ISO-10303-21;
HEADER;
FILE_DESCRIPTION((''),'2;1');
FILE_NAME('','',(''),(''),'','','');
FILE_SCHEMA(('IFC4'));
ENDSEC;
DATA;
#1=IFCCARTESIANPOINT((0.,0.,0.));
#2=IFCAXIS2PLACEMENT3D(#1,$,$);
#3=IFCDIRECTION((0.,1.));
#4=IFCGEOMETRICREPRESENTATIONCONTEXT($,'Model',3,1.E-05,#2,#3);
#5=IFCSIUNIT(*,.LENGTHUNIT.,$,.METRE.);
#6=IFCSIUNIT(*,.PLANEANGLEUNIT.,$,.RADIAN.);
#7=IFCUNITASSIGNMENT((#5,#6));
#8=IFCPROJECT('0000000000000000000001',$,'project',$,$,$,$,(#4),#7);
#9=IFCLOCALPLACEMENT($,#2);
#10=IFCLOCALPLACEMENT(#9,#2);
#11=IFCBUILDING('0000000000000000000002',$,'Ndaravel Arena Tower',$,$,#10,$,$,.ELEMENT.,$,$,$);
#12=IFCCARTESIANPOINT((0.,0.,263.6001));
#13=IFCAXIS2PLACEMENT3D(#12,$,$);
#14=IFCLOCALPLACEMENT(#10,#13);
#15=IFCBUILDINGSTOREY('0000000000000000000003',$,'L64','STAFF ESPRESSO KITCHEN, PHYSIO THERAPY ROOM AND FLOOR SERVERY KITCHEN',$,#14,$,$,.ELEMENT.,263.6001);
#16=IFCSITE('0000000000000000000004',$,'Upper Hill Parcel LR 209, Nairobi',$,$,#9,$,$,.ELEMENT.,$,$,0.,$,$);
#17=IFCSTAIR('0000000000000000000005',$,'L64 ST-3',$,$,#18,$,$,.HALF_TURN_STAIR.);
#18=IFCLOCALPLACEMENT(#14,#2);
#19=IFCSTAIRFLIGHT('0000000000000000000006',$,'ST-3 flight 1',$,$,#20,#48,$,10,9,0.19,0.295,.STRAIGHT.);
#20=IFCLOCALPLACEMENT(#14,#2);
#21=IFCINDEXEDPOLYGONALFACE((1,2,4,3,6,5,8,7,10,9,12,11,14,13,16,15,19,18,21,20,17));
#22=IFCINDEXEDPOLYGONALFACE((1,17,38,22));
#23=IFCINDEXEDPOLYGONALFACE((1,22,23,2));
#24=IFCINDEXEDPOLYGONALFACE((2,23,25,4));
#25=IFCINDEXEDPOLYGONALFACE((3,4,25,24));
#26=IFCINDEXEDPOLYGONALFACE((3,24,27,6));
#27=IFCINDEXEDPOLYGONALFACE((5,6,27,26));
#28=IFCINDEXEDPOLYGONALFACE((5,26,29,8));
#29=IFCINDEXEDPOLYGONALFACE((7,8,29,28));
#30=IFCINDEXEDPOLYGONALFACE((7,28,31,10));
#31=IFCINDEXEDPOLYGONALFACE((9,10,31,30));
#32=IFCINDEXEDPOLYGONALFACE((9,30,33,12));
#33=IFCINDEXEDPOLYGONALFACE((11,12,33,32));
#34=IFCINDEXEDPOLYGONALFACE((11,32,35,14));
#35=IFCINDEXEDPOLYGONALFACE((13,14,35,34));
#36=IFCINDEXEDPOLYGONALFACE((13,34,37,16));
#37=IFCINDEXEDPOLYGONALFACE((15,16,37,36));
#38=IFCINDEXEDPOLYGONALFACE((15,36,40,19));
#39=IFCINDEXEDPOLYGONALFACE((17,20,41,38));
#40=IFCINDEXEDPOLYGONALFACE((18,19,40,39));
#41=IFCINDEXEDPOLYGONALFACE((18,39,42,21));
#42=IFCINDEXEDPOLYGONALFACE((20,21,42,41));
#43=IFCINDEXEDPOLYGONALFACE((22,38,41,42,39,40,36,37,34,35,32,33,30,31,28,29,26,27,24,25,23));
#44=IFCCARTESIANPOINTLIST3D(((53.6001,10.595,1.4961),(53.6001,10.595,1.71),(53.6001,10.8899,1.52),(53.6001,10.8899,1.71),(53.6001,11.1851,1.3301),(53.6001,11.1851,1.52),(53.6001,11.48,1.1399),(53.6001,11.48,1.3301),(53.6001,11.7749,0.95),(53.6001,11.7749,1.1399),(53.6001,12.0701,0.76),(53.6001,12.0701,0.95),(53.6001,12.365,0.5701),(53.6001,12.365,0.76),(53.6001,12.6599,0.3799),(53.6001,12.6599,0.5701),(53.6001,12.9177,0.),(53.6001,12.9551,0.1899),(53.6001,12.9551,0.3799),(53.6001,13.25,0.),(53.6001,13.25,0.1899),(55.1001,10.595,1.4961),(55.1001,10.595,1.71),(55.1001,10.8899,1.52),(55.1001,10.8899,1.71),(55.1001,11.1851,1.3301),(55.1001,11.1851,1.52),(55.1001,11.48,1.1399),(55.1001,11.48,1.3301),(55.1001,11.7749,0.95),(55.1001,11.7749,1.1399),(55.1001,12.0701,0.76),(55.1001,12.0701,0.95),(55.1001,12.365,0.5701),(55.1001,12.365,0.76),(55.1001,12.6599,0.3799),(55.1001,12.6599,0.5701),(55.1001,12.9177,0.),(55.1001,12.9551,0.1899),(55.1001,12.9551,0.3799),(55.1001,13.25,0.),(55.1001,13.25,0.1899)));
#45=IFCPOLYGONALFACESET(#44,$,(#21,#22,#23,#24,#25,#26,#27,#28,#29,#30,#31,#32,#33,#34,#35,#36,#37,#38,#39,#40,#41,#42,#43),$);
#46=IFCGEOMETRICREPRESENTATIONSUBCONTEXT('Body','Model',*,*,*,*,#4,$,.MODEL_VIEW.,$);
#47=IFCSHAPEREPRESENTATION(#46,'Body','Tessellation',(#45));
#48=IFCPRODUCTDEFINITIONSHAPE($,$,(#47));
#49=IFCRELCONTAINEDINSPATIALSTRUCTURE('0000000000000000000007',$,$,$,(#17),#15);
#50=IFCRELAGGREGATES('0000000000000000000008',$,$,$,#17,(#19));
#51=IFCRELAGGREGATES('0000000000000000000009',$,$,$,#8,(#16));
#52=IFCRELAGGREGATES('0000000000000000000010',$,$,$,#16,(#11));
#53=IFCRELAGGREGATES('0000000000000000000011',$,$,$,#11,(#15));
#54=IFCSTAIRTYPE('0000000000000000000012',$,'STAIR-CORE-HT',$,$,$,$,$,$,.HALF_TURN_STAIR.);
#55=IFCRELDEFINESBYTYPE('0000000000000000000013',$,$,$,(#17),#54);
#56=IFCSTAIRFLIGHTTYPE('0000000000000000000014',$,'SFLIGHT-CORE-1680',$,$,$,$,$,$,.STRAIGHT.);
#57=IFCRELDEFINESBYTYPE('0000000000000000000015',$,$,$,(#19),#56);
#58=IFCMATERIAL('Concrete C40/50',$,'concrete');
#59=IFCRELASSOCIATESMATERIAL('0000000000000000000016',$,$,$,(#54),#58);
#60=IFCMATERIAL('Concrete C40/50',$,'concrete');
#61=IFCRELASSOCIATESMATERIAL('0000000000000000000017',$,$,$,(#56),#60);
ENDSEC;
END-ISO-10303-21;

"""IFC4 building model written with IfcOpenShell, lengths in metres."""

from ifc_helpers import new_model, si_unit, direction, frame, origin, place, context, subcontext, project, spatial, polyline, outline, extrude, material, type_object, element, aggregate, save


model = new_model("IFC4")

# Units and contexts
model_context = context("Model", 3, precision=1e-05, world=origin(), true_north=direction((0.0, 1.0)))
body_context = subcontext(model_context, "Body", "Model", "MODEL_VIEW")
ifc_project = project(units=[si_unit("LENGTHUNIT", "METRE"), si_unit("PLANEANGLEUNIT", "RADIAN")], contexts=[model_context])

# Site, building, storey
site_placement = place(None, origin())
site = spatial("IfcSite", under=ifc_project, at=site_placement, Name="Upper Hill Parcel LR 209, Nairobi", CompositionType="ELEMENT", RefElevation=0.0)
building_placement = place(site_placement, origin())
building = spatial("IfcBuilding", under=site, at=building_placement, Name="Ndaravel Arena Tower", CompositionType="ELEMENT")
storey_placement = place(building_placement, frame((0.0, 0.0, 263.6001)))
storey = spatial("IfcBuildingStorey", under=building, at=storey_placement, Name="L64", Description="STAFF ESPRESSO KITCHEN, PHYSIO THERAPY ROOM AND FLOOR SERVERY KITCHEN", CompositionType="ELEMENT", Elevation=263.6001)

# Stair, stair flight
ifc_material_1 = material(Name="Concrete C40/50", Category="concrete")
stair_type = type_object("IfcStairType", Name="STAIR-CORE-HT", PredefinedType="HALF_TURN_STAIR", material=ifc_material_1)
stair_placement = place(storey_placement, origin())
stair = element("IfcStair", 1, at=stair_placement, inside=storey, type_object=stair_type, Name="L64 ST-3", PredefinedType="HALF_TURN_STAIR")
ifc_material_2 = material(Name="Concrete C40/50", Category="concrete")
stair_flight_type = type_object("IfcStairFlightType", Name="SFLIGHT-CORE-1680", PredefinedType="STRAIGHT", material=ifc_material_2)
stair_flight_placement = place(storey_placement, frame((54.3501, 13.25, 0.0), z_axis=(0.0, 0.0, 1.0), x_axis=(0.0, -1.0, 0.0)))
stair_flight = element("IfcStairFlight", 2, at=stair_flight_placement, type_object=stair_flight_type, Name="ST-3 flight 1", NumberOfRisers=10, NumberOfTreads=9, PredefinedType="STRAIGHT", RiserHeight=0.19, TreadLength=0.295, context=body_context, shape_type="SweptSolid", body=[
    extrude(outline(polyline([(0.0, 0.0), (0.0, 0.1899), (0.2949, 0.1899), (0.2949, 0.3799), (0.5901, 0.3799), (0.5901, 0.5701), (0.885, 0.5701), (0.885, 0.76), (1.1799, 0.76), (1.1799, 0.95), (1.4751, 0.95), (1.4751, 1.1399), (1.77, 1.1399), (1.77, 1.3301), (2.0649, 1.3301), (2.0649, 1.52), (2.3601, 1.52), (2.3601, 1.71), (2.655, 1.71), (2.655, 1.8999), (2.655, 1.4961), (0.3323, 0.0), (0.0, 0.0)])), frame((0.0, 0.75, 0.0), z_axis=(0.0, -1.0, 0.0), x_axis=(1.0, 0.0, 0.0)), (0.0, 0.0, 1.0), 1.5),
])
aggregate(stair, [stair_flight])

save(model, "model.ifc")
